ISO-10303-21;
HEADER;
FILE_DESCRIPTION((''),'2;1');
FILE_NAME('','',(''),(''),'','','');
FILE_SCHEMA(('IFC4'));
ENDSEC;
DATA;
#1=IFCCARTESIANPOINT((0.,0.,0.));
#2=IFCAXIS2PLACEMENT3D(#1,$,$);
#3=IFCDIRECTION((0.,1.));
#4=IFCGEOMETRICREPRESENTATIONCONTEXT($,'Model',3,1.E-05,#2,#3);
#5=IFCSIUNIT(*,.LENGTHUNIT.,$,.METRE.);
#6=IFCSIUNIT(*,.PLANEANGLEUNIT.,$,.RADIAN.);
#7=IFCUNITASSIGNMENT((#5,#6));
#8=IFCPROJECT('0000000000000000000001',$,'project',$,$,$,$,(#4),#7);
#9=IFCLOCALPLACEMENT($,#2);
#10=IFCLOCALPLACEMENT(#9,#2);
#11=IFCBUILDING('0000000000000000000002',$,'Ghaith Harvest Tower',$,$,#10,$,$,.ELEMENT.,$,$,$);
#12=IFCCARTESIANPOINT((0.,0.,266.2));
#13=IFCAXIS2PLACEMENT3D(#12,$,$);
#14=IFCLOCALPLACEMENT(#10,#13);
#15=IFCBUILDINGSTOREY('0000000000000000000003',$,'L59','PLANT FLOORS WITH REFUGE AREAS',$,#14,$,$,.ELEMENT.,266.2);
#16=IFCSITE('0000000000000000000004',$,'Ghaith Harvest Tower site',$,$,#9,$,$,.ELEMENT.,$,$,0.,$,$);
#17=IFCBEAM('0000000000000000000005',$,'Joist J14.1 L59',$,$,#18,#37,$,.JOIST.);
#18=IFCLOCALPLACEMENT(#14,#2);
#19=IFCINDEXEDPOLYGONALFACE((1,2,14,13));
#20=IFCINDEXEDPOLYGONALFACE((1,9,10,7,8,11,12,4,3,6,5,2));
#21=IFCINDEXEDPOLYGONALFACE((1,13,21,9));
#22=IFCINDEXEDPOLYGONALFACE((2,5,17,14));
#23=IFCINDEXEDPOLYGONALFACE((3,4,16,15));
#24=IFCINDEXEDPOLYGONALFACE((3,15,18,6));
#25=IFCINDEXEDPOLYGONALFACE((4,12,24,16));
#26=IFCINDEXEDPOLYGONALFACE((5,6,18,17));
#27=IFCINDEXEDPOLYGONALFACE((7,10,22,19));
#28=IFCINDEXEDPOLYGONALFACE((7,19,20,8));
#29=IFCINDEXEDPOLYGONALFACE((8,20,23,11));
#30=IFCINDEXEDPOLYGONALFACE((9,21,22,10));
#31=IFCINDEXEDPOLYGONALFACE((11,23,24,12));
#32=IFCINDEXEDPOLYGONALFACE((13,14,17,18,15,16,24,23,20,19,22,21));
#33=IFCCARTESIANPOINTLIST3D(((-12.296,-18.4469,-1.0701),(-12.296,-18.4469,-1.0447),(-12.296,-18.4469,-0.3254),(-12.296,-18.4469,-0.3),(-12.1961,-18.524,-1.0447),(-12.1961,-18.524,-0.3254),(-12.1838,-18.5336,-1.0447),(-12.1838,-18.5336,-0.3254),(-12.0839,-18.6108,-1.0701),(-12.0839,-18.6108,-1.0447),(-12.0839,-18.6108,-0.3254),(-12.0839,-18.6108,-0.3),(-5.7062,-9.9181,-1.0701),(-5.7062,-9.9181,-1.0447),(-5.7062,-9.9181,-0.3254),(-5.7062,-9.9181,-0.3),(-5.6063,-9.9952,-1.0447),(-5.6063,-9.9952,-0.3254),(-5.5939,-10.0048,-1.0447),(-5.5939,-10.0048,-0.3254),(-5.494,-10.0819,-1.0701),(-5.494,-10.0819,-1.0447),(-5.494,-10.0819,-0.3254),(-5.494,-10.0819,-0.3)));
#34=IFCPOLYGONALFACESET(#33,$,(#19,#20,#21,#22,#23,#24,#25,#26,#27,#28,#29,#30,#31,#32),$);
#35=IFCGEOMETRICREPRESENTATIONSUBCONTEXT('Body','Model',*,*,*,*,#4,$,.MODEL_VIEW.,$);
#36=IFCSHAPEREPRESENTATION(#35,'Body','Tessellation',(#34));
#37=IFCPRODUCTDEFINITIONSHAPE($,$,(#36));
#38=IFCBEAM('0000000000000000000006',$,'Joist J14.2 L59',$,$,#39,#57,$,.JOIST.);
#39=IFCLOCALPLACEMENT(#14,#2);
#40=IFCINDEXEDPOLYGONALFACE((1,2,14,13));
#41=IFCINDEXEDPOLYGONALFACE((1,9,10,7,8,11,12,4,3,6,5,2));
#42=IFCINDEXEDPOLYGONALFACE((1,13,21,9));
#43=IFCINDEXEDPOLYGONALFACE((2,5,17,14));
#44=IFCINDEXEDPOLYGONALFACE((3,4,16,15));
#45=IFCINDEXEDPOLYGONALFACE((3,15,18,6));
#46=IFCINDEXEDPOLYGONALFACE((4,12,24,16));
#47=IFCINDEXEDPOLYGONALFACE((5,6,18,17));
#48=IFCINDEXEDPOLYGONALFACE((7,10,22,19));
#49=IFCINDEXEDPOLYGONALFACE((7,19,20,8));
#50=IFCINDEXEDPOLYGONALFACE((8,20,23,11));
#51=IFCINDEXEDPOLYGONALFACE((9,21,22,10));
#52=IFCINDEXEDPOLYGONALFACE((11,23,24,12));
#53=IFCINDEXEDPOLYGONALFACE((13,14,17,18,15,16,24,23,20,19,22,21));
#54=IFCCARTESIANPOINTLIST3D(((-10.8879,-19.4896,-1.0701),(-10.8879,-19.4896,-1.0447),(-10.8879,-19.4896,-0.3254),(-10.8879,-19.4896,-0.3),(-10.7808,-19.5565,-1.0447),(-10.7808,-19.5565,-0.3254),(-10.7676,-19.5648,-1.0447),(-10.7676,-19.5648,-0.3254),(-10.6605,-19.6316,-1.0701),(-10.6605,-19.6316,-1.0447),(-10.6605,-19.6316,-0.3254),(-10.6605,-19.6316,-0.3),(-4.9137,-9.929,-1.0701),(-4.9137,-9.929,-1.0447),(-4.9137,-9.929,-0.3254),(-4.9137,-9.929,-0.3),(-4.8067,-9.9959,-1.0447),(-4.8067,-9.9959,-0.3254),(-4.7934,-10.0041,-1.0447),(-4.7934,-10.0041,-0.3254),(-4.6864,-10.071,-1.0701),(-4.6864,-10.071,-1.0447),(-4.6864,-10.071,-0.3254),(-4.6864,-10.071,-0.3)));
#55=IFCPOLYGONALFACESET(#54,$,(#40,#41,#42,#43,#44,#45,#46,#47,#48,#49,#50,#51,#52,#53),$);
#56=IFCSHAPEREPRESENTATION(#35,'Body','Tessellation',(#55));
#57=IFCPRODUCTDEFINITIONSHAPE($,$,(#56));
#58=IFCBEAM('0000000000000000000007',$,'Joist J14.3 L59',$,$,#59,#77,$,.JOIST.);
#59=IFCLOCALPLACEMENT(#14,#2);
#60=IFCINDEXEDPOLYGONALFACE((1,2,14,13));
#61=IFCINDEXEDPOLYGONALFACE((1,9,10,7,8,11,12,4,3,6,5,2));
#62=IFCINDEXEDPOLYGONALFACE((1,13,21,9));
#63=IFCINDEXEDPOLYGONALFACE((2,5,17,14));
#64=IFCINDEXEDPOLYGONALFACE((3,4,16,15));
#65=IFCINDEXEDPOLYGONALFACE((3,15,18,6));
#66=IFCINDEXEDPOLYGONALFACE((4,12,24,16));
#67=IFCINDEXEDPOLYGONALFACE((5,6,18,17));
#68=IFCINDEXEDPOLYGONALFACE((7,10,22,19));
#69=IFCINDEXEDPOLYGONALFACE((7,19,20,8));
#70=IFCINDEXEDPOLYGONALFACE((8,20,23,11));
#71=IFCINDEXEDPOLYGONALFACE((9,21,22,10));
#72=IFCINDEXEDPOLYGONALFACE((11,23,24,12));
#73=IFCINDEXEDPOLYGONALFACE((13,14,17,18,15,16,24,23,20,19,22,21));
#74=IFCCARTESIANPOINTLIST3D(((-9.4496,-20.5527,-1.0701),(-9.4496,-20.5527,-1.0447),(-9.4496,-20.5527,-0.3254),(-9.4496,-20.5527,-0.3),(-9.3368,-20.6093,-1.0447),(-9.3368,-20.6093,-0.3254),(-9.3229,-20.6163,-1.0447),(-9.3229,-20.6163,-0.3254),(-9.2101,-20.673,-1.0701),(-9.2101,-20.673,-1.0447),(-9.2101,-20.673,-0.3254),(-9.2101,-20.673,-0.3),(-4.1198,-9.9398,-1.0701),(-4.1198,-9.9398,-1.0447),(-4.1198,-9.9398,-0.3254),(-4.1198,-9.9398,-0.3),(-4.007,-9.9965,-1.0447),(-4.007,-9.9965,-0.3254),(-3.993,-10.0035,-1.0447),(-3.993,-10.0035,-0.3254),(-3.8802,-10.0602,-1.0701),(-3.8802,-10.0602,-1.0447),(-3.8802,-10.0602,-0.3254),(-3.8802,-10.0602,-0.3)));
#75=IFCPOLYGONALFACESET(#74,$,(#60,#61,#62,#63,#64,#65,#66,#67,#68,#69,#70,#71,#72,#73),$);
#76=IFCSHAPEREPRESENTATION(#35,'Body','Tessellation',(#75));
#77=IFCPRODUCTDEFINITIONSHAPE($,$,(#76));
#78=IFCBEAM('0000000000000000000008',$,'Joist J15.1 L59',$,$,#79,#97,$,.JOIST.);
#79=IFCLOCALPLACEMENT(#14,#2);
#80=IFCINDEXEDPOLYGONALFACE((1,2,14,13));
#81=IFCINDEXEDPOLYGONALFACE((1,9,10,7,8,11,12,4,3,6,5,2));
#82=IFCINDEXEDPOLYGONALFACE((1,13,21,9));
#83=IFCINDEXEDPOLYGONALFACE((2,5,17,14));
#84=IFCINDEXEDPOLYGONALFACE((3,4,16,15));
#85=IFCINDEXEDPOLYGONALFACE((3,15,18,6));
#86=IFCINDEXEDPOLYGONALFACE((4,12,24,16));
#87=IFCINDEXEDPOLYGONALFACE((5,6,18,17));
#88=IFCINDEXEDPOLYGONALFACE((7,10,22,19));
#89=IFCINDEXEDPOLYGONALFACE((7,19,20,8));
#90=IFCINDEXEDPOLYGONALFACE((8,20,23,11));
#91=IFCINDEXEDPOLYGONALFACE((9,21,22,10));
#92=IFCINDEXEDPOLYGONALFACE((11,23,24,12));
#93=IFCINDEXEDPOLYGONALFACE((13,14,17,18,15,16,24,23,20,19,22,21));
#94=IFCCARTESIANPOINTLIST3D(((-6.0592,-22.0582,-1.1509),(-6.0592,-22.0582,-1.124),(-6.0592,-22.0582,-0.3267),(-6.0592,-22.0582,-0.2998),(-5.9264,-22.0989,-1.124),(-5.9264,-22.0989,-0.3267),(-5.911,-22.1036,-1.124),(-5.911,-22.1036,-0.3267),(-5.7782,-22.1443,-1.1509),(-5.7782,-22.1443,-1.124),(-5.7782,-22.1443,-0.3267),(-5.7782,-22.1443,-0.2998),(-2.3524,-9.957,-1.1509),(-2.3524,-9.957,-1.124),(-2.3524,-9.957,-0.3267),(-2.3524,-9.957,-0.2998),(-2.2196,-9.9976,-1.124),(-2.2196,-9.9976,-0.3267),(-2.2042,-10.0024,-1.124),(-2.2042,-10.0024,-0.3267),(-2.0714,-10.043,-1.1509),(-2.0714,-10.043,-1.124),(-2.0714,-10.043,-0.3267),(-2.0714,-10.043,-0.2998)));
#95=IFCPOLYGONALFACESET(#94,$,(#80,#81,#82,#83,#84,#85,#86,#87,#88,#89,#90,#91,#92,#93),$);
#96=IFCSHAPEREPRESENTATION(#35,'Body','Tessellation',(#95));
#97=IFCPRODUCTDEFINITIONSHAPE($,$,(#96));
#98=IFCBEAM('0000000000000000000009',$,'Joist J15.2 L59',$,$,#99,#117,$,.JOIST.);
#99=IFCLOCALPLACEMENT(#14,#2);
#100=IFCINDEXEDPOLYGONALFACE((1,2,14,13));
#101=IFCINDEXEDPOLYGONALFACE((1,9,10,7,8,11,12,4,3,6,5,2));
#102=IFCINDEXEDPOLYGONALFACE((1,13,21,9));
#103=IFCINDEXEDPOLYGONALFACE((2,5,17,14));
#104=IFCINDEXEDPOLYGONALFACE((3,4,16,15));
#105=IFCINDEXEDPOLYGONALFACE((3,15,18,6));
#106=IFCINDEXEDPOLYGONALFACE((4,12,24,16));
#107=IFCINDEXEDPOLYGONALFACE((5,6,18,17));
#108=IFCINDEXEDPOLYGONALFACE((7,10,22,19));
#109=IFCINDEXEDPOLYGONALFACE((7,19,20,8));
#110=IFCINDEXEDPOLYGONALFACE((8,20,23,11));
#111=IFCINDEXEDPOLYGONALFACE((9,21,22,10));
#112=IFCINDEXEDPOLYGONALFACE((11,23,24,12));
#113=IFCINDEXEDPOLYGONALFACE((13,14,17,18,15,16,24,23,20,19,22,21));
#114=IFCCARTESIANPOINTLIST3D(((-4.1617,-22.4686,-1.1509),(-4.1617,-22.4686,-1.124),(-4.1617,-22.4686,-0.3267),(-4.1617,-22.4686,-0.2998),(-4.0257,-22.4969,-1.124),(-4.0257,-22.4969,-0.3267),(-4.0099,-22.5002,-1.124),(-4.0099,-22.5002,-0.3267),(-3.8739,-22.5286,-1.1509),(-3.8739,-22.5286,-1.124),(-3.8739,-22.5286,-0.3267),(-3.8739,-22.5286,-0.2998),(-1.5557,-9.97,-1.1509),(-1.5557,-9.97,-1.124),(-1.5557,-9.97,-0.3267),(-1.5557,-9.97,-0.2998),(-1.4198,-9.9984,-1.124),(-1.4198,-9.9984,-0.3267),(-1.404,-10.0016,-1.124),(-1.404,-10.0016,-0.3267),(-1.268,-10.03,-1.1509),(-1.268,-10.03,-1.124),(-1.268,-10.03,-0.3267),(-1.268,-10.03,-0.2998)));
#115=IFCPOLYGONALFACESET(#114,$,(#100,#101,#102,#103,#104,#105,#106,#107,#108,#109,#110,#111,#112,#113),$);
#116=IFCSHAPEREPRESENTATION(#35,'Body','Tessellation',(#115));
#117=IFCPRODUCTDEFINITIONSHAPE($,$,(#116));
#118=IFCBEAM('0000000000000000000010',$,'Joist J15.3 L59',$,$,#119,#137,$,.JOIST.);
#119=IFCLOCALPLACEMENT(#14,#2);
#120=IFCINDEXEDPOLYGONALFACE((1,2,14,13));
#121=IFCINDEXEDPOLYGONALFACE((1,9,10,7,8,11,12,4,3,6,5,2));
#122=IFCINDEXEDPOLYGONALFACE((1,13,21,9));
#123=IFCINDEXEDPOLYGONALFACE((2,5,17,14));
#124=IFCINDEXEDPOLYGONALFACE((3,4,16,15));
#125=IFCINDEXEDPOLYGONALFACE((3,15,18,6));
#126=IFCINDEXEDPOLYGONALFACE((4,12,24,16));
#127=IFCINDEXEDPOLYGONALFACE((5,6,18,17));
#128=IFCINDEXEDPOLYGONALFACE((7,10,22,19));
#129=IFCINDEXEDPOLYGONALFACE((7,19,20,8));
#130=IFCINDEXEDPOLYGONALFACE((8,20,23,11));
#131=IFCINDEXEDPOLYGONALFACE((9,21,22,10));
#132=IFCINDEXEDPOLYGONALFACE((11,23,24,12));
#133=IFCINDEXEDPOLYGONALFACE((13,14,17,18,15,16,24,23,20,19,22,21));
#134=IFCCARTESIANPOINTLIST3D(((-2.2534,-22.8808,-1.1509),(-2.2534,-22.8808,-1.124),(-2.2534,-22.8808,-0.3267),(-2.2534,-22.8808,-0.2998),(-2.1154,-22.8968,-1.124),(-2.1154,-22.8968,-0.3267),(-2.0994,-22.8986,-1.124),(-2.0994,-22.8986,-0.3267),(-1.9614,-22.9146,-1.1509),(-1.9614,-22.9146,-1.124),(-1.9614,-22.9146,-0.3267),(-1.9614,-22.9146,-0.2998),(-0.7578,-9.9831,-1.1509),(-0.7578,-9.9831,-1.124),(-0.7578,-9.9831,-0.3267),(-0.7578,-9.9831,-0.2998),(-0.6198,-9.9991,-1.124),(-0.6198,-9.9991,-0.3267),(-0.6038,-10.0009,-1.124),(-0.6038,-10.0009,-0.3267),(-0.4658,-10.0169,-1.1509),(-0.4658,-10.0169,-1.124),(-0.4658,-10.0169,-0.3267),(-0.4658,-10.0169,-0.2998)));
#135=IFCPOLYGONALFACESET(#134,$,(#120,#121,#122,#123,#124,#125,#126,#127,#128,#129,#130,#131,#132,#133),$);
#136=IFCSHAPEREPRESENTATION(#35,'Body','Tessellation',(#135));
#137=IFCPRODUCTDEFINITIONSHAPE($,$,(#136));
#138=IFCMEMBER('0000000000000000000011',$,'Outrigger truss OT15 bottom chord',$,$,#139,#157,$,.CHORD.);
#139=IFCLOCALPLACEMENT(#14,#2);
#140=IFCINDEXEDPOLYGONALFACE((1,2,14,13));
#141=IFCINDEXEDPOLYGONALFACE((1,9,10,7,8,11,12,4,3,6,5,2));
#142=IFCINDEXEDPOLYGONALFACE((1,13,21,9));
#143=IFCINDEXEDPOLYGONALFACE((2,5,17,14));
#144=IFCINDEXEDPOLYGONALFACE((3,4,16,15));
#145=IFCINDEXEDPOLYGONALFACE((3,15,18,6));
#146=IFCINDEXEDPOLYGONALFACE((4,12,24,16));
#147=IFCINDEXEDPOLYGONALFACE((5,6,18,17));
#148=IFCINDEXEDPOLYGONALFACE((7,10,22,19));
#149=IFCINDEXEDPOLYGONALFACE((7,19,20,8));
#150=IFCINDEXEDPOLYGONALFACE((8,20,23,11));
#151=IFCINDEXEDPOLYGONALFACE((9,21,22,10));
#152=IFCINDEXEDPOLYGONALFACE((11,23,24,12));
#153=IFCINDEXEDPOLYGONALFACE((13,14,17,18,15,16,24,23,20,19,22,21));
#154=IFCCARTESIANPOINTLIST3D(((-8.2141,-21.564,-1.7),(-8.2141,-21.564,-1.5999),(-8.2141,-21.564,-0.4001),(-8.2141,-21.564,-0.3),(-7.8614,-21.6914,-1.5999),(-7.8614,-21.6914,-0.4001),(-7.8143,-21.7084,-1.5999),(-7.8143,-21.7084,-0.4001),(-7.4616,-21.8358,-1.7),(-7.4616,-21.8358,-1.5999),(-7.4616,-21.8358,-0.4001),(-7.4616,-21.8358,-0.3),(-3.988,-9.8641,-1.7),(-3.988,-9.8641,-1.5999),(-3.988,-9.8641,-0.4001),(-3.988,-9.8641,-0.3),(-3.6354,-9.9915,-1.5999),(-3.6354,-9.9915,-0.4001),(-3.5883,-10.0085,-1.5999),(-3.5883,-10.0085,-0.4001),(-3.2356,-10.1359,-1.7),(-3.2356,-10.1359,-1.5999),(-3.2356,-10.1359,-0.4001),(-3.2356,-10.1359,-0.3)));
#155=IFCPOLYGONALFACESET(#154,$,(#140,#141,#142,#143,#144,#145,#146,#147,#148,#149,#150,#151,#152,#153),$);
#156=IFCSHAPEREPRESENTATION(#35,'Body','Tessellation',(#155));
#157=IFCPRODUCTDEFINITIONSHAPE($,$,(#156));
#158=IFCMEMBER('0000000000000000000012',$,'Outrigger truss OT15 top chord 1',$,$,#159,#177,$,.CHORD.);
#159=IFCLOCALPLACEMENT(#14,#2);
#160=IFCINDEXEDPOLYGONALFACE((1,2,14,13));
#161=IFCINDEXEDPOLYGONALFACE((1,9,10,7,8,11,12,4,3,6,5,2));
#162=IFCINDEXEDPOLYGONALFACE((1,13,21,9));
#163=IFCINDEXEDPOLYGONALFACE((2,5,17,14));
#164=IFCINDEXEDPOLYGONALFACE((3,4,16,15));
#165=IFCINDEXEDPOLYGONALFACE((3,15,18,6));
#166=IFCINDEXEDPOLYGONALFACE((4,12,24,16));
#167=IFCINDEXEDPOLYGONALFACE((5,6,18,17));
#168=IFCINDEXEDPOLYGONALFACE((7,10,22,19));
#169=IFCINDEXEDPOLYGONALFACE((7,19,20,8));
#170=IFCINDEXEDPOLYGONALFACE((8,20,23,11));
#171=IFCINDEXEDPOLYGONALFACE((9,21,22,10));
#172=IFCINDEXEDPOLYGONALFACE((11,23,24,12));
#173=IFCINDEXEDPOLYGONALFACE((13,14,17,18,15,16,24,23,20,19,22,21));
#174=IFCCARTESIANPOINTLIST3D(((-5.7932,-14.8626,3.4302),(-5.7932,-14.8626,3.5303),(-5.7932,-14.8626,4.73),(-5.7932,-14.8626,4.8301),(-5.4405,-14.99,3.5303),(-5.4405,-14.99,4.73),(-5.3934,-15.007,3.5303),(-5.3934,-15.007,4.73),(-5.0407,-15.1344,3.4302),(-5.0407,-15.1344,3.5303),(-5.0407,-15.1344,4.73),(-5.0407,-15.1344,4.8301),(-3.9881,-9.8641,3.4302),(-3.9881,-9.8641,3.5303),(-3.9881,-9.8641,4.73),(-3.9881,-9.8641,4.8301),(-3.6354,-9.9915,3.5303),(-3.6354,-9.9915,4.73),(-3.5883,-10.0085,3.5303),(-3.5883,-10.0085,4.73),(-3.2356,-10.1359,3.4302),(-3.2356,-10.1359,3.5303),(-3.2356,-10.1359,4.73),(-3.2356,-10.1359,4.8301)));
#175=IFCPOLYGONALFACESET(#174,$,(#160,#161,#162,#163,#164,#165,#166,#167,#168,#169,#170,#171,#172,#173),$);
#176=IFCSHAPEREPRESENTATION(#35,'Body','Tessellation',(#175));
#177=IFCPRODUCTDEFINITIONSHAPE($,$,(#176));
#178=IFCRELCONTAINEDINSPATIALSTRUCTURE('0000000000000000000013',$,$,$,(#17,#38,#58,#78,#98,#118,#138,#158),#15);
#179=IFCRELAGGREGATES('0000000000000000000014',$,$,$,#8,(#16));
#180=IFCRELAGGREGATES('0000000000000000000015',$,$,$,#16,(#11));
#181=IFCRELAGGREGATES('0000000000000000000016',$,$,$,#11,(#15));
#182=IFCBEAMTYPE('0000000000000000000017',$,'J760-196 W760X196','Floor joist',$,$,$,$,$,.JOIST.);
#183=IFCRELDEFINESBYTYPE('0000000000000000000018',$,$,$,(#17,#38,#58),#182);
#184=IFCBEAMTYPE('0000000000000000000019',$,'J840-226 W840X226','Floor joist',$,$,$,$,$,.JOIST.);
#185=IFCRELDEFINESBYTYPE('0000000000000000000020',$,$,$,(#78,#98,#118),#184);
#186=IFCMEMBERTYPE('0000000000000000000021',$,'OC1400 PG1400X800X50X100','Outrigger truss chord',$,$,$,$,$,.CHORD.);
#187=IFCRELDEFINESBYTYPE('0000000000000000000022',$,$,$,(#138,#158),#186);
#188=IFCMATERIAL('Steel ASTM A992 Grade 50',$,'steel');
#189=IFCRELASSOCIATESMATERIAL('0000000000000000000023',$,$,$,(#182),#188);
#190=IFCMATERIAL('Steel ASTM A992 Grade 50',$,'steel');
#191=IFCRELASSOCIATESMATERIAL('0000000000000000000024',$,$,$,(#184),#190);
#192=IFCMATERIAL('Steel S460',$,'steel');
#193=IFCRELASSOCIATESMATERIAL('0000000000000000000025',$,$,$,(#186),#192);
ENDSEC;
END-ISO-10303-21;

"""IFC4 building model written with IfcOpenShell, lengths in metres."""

from ifc_helpers import new_model, si_unit, direction, frame, origin, origin_2d, place, context, subcontext, project, spatial, i_section, extrude, material, material_profile, profile_set, type_object, element, save


model = new_model("IFC4")

# Units and contexts
model_context = context("Model", 3, precision=1e-05, world=origin(), true_north=direction((0.0, 1.0)))
body_context = subcontext(model_context, "Body", "Model", "MODEL_VIEW")
ifc_project = project(units=[si_unit("LENGTHUNIT", "METRE"), si_unit("PLANEANGLEUNIT", "RADIAN")], contexts=[model_context])

# Site, building, storey
site_placement = place(None, origin())
site = spatial("IfcSite", under=ifc_project, at=site_placement, Name="Ghaith Harvest Tower site", CompositionType="ELEMENT", RefElevation=0.0)
building_placement = place(site_placement, origin())
building = spatial("IfcBuilding", under=site, at=building_placement, Name="Ghaith Harvest Tower", CompositionType="ELEMENT")
storey_placement = place(building_placement, frame((0.0, 0.0, 266.2)))
storey = spatial("IfcBuildingStorey", under=building, at=storey_placement, Name="L59", Description="PLANT FLOORS WITH REFUGE AREAS", CompositionType="ELEMENT", Elevation=266.2)

# Beams
ifc_material_1 = material(Name="Steel ASTM A992 Grade 50", Category="steel")
ifc_material_profile_1 = material_profile(ifc_material_1, i_section(OverallWidth=0.2681, OverallDepth=0.77, WebThickness=0.0156, FlangeThickness=0.0254, at=origin_2d()), Name="W760X196")
ifc_profile_set_1 = profile_set([ifc_material_profile_1], Name="Steel ASTM A992 Grade 50")
beam_type_1 = type_object("IfcBeamType", Name="J760-196 W760X196", Description="Floor joist", PredefinedType="JOIST", material=ifc_profile_set_1)
beam_1_placement = place(storey_placement, frame((-5.6001, -10.0, -0.6851), z_axis=(-0.611413, -0.791312, 0.0), x_axis=(0.791312, -0.611413, 0.0)))
element("IfcBeam", 1, at=beam_1_placement, inside=storey, type_object=beam_type_1, Name="Joist J14.1 L59", PredefinedType="JOIST", context=body_context, shape_type="SweptSolid", body=[
    extrude(i_section(OverallWidth=0.2681, OverallDepth=0.77, WebThickness=0.0156, FlangeThickness=0.0254, at=origin_2d()), origin(), (0.0, 0.0, 1.0), 10.7781),
])
beam_2_placement = place(storey_placement, frame((-4.8, -10.0, -0.6851), z_axis=(-0.529921, -0.848047, 0.0), x_axis=(0.848047, -0.529921, 0.0)))
element("IfcBeam", 2, at=beam_2_placement, inside=storey, type_object=beam_type_1, Name="Joist J14.2 L59", PredefinedType="JOIST", context=body_context, shape_type="SweptSolid", body=[
    extrude(i_section(OverallWidth=0.2681, OverallDepth=0.77, WebThickness=0.0156, FlangeThickness=0.0254, at=origin_2d()), origin(), (0.0, 0.0, 1.0), 11.2737),
])
beam_3_placement = place(storey_placement, frame((-4.0, -10.0, -0.6851), z_axis=(-0.448792, -0.893636, 0.0), x_axis=(0.893636, -0.448792, 0.0)))
element("IfcBeam", 3, at=beam_3_placement, inside=storey, type_object=beam_type_1, Name="Joist J14.3 L59", PredefinedType="JOIST", context=body_context, shape_type="SweptSolid", body=[
    extrude(i_section(OverallWidth=0.2681, OverallDepth=0.77, WebThickness=0.0156, FlangeThickness=0.0254, at=origin_2d()), origin(), (0.0, 0.0, 1.0), 11.876),
])
ifc_material_2 = material(Name="Steel ASTM A992 Grade 50", Category="steel")
ifc_material_profile_2 = material_profile(ifc_material_2, i_section(OverallWidth=0.2939, OverallDepth=0.8511, WebThickness=0.0161, FlangeThickness=0.0269, at=origin_2d()), Name="W840X226")
ifc_profile_set_2 = profile_set([ifc_material_profile_2], Name="Steel ASTM A992 Grade 50")
beam_type_2 = type_object("IfcBeamType", Name="J840-226 W840X226", Description="Floor joist", PredefinedType="JOIST", material=ifc_profile_set_2)
beam_4_placement = place(storey_placement, frame((-2.2119, -10.0, -0.7253), z_axis=(-0.292881, -0.956149, 0.0), x_axis=(0.956149, -0.292881, 0.0)))
element("IfcBeam", 4, at=beam_4_placement, inside=storey, type_object=beam_type_2, Name="Joist J15.1 L59", PredefinedType="JOIST", context=body_context, shape_type="SweptSolid", body=[
    extrude(i_section(OverallWidth=0.2939, OverallDepth=0.8511, WebThickness=0.0161, FlangeThickness=0.0269, at=origin_2d()), origin(), (0.0, 0.0, 1.0), 12.6562),
])
beam_5_placement = place(storey_placement, frame((-1.4119, -10.0, -0.7253), z_axis=(-0.204112, -0.978948, 0.0), x_axis=(0.978948, -0.204112, 0.0)))
element("IfcBeam", 5, at=beam_5_placement, inside=storey, type_object=beam_type_2, Name="Joist J15.2 L59", PredefinedType="JOIST", context=body_context, shape_type="SweptSolid", body=[
    extrude(i_section(OverallWidth=0.2939, OverallDepth=0.8511, WebThickness=0.0161, FlangeThickness=0.0269, at=origin_2d()), origin(), (0.0, 0.0, 1.0), 12.7673),
])
beam_6_placement = place(storey_placement, frame((-0.6118, -10.0, -0.7253), z_axis=(-0.115187, -0.993344, 0.0), x_axis=(0.993344, -0.115187, 0.0)))
element("IfcBeam", 6, at=beam_6_placement, inside=storey, type_object=beam_type_2, Name="Joist J15.3 L59", PredefinedType="JOIST", context=body_context, shape_type="SweptSolid", body=[
    extrude(i_section(OverallWidth=0.2939, OverallDepth=0.8511, WebThickness=0.0161, FlangeThickness=0.0269, at=origin_2d()), origin(), (0.0, 0.0, 1.0), 12.9841),
])

# Members
ifc_material_3 = material(Name="Steel S460", Category="steel")
ifc_material_profile_3 = material_profile(ifc_material_3, i_section(OverallWidth=0.8, OverallDepth=1.3999, WebThickness=0.05, FlangeThickness=0.1001, at=origin_2d()), Name="PG1400X800X50X100")
ifc_profile_set_3 = profile_set([ifc_material_profile_3], Name="Steel S460")
member_type_1 = type_object("IfcMemberType", Name="OC1400 PG1400X800X50X100", Description="Outrigger truss chord", PredefinedType="CHORD", material=ifc_profile_set_3)
member_1_placement = place(storey_placement, frame((-3.6118, -10.0, -1.0), z_axis=(-0.339722, -0.940526, 0.0), x_axis=(0.940526, -0.339722, 0.0)))
element("IfcMember", 7, at=member_1_placement, inside=storey, type_object=member_type_1, Name="Outrigger truss OT15 bottom chord", PredefinedType="CHORD", context=body_context, shape_type="SweptSolid", body=[
    extrude(i_section(OverallWidth=0.8, OverallDepth=1.3999, WebThickness=0.05, FlangeThickness=0.1001, at=origin_2d()), origin(), (0.0, 0.0, 1.0), 12.4397),
])
member_2_placement = place(storey_placement, frame((-3.6118, -10.0, 4.1301), z_axis=(-0.339669, -0.940545, 0.0), x_axis=(0.940545, -0.339669, 0.0)))
element("IfcMember", 8, at=member_2_placement, inside=storey, type_object=member_type_1, Name="Outrigger truss OT15 top chord 1", PredefinedType="CHORD", context=body_context, shape_type="SweptSolid", body=[
    extrude(i_section(OverallWidth=0.8, OverallDepth=1.3999, WebThickness=0.05, FlangeThickness=0.1001, at=origin_2d()), origin(), (0.0, 0.0, 1.0), 5.3145),
])

save(model, "model.ifc")
